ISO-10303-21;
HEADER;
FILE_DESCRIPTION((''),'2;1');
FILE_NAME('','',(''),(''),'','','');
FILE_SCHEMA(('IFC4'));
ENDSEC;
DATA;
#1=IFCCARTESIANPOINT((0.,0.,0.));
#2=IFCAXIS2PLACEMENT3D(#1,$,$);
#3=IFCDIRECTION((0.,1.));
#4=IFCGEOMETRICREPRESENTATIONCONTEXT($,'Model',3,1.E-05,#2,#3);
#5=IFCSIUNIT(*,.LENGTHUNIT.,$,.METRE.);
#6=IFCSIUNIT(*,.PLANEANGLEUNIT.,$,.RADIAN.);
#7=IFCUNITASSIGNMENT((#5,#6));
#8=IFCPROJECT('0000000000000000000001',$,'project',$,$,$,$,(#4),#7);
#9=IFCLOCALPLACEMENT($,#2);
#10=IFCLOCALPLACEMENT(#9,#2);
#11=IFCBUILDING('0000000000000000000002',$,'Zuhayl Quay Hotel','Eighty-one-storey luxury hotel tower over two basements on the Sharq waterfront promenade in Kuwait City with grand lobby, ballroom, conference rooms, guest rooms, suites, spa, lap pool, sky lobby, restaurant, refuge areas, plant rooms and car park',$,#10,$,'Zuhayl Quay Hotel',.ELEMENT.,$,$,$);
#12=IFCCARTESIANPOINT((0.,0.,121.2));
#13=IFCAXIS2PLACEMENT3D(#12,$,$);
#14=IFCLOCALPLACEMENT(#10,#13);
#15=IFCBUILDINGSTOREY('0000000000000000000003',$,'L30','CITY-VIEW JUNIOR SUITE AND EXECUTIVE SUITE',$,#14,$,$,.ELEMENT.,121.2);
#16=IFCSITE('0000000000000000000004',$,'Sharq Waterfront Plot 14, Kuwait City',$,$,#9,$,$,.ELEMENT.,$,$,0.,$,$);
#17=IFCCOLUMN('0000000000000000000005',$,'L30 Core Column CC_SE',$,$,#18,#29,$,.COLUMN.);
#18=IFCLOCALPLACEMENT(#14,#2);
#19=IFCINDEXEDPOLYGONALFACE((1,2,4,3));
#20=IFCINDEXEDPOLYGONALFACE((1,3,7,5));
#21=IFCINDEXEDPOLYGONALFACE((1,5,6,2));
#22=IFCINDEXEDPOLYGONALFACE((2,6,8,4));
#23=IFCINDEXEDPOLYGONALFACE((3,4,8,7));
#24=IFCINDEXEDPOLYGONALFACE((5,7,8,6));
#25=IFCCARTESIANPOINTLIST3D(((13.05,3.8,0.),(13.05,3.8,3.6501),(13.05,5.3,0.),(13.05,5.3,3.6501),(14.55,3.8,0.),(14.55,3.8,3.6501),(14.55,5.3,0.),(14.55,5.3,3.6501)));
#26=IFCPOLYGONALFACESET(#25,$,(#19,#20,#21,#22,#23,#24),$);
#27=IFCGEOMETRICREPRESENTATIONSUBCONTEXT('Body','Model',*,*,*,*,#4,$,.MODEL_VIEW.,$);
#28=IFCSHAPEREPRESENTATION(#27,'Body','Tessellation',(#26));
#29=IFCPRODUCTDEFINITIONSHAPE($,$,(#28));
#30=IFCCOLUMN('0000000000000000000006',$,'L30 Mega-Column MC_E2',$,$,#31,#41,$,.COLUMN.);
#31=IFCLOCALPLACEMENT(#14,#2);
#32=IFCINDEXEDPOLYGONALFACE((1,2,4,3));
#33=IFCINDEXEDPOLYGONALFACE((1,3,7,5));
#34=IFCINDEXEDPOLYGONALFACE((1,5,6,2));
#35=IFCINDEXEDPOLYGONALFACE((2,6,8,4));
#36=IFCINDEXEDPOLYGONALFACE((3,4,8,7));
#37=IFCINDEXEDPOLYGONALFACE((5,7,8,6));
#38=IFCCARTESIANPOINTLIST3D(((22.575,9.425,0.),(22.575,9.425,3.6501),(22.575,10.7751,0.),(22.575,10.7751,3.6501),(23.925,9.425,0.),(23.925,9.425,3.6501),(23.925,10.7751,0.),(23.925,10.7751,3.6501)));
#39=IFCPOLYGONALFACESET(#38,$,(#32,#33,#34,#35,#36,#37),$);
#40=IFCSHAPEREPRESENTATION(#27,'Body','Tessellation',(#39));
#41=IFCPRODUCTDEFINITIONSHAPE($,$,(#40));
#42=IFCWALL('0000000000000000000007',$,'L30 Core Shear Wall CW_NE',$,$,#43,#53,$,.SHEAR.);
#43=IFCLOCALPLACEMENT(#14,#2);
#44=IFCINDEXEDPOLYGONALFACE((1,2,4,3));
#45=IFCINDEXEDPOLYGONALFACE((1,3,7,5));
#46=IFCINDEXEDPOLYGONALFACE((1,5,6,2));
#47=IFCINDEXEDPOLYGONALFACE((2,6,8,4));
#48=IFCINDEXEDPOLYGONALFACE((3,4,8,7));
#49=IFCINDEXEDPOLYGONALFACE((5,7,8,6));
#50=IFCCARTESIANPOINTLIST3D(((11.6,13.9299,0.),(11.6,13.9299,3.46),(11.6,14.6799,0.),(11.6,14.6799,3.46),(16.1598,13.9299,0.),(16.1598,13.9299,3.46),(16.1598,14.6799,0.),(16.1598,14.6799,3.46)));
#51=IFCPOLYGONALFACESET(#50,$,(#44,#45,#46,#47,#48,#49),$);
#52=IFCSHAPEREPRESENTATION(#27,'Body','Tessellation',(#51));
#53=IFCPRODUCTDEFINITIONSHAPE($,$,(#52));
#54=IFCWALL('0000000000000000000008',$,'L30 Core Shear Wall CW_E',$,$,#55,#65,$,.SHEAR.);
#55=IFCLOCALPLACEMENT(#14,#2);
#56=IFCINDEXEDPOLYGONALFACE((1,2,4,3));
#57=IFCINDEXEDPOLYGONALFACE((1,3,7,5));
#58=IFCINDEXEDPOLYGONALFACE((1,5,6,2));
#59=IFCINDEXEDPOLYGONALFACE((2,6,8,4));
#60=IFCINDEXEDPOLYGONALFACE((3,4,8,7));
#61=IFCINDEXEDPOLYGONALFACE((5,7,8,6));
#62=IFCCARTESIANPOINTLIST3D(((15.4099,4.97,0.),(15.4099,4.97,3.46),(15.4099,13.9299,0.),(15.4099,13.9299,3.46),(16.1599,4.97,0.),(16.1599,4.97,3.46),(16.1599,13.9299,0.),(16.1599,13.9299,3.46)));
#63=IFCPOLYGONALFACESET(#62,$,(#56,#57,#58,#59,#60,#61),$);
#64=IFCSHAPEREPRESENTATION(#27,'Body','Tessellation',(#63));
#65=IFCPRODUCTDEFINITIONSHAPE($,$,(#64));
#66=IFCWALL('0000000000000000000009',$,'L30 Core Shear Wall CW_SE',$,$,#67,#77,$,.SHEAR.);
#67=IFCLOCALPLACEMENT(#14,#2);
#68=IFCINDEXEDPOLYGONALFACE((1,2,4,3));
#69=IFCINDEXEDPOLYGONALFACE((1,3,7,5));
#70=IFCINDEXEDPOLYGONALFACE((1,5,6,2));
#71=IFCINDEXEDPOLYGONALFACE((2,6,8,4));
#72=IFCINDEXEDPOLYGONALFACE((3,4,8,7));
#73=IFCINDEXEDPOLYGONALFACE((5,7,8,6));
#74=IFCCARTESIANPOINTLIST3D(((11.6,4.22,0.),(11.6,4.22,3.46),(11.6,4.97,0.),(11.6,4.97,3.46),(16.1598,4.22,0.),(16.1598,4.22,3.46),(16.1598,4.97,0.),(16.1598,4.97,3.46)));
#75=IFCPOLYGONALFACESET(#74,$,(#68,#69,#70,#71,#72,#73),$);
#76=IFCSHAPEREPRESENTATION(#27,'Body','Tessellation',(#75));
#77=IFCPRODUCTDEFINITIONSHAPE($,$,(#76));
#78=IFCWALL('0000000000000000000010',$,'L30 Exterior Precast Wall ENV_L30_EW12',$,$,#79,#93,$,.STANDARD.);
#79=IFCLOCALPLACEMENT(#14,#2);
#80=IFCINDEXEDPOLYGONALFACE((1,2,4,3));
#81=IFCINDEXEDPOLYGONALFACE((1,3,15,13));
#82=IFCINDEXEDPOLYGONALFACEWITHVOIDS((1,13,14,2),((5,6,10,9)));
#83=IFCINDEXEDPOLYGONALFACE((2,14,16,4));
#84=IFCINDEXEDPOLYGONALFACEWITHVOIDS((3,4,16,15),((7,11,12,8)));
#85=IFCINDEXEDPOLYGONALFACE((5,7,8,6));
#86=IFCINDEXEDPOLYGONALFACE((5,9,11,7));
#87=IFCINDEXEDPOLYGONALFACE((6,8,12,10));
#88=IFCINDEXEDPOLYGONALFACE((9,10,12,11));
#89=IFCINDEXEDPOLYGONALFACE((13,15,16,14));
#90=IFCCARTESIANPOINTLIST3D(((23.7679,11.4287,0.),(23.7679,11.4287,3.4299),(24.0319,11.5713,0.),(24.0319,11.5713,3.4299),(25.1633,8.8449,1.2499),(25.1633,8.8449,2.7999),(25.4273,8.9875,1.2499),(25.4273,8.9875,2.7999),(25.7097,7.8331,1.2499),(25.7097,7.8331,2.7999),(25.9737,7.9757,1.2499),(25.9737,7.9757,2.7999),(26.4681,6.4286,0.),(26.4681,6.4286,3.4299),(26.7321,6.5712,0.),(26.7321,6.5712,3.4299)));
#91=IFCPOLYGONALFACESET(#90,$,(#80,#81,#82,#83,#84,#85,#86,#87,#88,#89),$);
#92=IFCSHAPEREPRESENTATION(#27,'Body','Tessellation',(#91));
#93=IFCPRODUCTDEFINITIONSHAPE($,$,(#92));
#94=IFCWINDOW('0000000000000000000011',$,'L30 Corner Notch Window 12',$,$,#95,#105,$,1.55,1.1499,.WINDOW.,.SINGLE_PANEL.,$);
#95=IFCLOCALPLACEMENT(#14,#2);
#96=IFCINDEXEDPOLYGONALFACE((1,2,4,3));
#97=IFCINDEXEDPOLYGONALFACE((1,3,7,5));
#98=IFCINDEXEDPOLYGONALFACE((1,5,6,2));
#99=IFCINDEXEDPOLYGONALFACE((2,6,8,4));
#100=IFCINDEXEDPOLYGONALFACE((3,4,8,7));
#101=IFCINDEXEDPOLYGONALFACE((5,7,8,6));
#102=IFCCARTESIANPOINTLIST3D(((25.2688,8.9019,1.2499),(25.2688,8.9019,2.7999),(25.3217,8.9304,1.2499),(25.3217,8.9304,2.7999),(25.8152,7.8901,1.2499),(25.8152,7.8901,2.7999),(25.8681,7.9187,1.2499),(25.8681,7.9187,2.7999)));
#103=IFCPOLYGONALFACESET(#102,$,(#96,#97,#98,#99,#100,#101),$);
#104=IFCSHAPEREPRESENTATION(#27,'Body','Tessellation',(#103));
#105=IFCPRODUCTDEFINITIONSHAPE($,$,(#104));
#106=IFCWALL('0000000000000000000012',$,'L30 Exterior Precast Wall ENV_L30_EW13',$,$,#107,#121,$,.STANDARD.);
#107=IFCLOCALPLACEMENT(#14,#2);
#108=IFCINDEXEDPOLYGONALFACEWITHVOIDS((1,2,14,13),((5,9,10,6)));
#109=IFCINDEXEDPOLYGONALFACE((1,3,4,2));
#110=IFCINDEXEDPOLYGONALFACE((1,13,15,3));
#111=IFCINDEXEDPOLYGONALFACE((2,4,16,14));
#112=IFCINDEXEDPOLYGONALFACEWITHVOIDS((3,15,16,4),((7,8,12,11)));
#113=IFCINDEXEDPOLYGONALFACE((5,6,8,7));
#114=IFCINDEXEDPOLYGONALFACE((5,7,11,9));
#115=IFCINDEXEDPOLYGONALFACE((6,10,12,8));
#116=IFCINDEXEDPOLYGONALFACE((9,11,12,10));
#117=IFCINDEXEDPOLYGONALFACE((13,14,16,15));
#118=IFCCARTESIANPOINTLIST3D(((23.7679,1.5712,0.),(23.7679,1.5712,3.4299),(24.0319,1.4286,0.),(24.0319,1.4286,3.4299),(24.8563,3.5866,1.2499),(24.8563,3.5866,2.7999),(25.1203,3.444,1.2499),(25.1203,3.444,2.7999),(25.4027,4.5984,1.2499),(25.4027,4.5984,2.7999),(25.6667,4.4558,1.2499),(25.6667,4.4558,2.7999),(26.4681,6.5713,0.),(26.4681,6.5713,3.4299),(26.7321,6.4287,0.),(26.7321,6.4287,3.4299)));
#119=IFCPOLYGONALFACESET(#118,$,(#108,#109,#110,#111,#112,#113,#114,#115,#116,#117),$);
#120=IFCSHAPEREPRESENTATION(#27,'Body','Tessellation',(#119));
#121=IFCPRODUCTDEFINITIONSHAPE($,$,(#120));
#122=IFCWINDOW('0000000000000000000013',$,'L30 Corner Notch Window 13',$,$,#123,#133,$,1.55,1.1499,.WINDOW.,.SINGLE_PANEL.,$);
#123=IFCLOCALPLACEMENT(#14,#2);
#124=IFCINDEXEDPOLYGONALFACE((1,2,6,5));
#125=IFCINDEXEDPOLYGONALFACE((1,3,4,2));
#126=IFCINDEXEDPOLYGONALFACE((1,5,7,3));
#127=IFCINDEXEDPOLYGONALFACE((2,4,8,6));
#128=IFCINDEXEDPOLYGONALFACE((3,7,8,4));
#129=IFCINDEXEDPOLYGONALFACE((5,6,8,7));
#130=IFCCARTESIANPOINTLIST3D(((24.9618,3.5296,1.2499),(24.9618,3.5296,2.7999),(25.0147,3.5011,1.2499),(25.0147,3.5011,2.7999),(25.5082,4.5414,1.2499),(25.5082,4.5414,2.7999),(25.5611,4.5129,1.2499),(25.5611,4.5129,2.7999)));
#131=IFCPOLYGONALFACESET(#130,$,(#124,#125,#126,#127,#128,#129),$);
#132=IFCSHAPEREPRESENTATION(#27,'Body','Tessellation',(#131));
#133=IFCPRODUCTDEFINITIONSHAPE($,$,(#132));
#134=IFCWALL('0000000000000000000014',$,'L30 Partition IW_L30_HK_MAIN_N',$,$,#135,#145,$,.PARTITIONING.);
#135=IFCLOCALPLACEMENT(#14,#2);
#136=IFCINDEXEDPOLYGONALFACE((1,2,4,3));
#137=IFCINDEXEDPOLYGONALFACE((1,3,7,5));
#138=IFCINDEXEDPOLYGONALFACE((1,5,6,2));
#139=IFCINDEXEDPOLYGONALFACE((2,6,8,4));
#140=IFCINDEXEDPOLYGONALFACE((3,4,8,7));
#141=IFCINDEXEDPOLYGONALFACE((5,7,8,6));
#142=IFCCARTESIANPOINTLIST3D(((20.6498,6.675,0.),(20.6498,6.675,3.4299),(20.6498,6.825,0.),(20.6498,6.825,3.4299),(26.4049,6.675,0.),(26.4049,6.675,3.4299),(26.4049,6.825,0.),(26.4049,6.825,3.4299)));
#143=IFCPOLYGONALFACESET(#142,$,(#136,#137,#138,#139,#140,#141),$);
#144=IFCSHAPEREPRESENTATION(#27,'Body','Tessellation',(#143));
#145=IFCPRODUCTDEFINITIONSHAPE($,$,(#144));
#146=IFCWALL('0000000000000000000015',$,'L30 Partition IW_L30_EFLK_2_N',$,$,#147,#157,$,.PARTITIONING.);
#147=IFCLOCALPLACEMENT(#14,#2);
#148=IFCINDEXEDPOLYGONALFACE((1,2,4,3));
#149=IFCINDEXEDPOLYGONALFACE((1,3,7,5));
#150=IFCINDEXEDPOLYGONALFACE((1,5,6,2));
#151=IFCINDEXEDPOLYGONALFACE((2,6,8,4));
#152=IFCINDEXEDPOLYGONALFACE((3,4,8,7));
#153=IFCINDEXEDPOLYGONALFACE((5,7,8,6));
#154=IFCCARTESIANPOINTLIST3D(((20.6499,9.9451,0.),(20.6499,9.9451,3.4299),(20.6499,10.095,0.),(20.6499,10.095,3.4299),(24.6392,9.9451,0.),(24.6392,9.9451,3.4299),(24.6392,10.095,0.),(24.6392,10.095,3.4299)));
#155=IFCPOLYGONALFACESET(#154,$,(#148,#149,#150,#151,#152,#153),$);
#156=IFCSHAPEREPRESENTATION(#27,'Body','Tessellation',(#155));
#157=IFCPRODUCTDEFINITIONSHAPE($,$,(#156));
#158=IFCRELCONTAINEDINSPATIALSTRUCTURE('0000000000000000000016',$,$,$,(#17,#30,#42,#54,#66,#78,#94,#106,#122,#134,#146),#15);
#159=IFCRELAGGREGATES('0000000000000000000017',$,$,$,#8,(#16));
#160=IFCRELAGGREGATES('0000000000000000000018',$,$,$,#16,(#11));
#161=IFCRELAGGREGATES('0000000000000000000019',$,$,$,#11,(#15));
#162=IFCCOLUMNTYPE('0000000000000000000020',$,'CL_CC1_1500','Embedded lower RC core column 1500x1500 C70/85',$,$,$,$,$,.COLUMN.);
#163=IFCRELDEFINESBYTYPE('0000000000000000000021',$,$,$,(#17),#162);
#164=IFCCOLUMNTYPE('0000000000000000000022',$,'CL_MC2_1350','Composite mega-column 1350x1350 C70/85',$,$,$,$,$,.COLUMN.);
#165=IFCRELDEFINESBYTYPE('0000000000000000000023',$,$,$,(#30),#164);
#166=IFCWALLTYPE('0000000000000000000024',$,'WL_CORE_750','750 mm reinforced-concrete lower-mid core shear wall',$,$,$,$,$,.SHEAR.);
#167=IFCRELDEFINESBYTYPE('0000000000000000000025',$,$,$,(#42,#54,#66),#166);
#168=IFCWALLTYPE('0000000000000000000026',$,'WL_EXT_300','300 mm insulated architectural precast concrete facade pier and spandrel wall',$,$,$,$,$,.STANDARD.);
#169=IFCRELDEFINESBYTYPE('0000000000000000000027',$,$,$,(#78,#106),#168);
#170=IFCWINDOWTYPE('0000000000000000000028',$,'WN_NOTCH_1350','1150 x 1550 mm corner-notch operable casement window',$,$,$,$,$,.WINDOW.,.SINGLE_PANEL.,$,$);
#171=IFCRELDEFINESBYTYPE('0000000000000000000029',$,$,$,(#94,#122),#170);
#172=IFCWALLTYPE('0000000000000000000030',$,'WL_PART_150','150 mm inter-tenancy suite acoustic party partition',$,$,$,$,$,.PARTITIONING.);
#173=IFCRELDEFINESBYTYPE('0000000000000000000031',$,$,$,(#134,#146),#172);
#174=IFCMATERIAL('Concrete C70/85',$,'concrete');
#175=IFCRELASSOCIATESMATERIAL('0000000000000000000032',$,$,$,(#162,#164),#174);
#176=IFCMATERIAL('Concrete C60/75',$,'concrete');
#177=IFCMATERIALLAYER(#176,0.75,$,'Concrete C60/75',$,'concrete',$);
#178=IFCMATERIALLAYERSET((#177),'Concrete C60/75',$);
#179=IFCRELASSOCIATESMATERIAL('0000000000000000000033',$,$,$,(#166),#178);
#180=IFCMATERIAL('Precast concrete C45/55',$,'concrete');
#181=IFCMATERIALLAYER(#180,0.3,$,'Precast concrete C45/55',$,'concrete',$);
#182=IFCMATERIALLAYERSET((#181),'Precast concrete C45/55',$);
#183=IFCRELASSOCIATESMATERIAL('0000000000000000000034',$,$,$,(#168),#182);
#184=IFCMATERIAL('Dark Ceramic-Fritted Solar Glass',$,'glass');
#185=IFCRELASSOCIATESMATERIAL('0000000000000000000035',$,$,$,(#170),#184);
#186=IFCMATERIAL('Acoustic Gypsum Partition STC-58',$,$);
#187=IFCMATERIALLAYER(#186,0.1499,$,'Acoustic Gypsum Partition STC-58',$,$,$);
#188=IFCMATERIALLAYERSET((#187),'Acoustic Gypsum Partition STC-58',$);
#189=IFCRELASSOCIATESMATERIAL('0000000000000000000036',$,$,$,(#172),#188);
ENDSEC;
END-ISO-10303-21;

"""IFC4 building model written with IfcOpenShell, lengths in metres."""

from ifc_helpers import new_model, si_unit, direction, frame, frame_2d, origin, origin_2d, place, context, subcontext, project, spatial, rectangle, extrude, material, layer, layer_set, material_profile, profile_set, type_object, element, fill, save


model = new_model("IFC4")

# Units and contexts
model_context = context("Model", 3, precision=1e-05, world=origin(), true_north=direction((0.0, 1.0)))
body_context = subcontext(model_context, "Body", "Model", "MODEL_VIEW")
ifc_project = project(units=[si_unit("LENGTHUNIT", "METRE"), si_unit("PLANEANGLEUNIT", "RADIAN")], contexts=[model_context])

# Site, building, storey
site_placement = place(None, origin())
site = spatial("IfcSite", under=ifc_project, at=site_placement, Name="Sharq Waterfront Plot 14, Kuwait City", CompositionType="ELEMENT", RefElevation=0.0)
building_placement = place(site_placement, origin())
building = spatial("IfcBuilding", under=site, at=building_placement, Name="Zuhayl Quay Hotel", Description="Eighty-one-storey luxury hotel tower over two basements on the Sharq waterfront promenade in Kuwait City with grand lobby, ballroom, conference rooms, guest rooms, suites, spa, lap pool, sky lobby, restaurant, refuge areas, plant rooms and car park", LongName="Zuhayl Quay Hotel", CompositionType="ELEMENT")
storey_placement = place(building_placement, frame((0.0, 0.0, 121.2)))
storey = spatial("IfcBuildingStorey", under=building, at=storey_placement, Name="L30", Description="CITY-VIEW JUNIOR SUITE AND EXECUTIVE SUITE", CompositionType="ELEMENT", Elevation=121.2)

# Columns
ifc_material_1 = material(Name="Concrete C70/85", Category="concrete")
ifc_material_profile_1 = material_profile(ifc_material_1, rectangle(XDim=1.5, YDim=1.5, at=origin_2d()), Name="RC1500X1500")
ifc_profile_set_1 = profile_set([ifc_material_profile_1], Name="Concrete C70/85")
column_type_1 = type_object("IfcColumnType", Name="CL_CC1_1500", Description="Embedded lower RC core column 1500x1500 C70/85", PredefinedType="COLUMN", material=ifc_profile_set_1)
column_1_placement = place(storey_placement, frame((13.8, 4.55, 0.0), z_axis=(0.0, 0.0, 1.0), x_axis=(1.0, 0.0, 0.0)))
element("IfcColumn", 1, at=column_1_placement, inside=storey, type_object=column_type_1, Name="L30 Core Column CC_SE", PredefinedType="COLUMN", context=body_context, shape_type="SweptSolid", body=[
    extrude(rectangle(XDim=1.5, YDim=1.5, at=origin_2d()), origin(), (0.0, 0.0, 1.0), 3.6501),
])
ifc_material_profile_2 = material_profile(ifc_material_1, rectangle(XDim=1.3501, YDim=1.3501, at=origin_2d()), Name="RC1350X1350")
ifc_profile_set_2 = profile_set([ifc_material_profile_2], Name="Concrete C70/85")
column_type_2 = type_object("IfcColumnType", Name="CL_MC2_1350", Description="Composite mega-column 1350x1350 C70/85", PredefinedType="COLUMN", material=ifc_profile_set_2)
column_2_placement = place(storey_placement, frame((23.25, 10.1001, 0.0), z_axis=(0.0, 0.0, 1.0), x_axis=(1.0, 0.0, 0.0)))
element("IfcColumn", 2, at=column_2_placement, inside=storey, type_object=column_type_2, Name="L30 Mega-Column MC_E2", PredefinedType="COLUMN", context=body_context, shape_type="SweptSolid", body=[
    extrude(rectangle(XDim=1.3501, YDim=1.3501, at=origin_2d()), origin(), (0.0, 0.0, 1.0), 3.6501),
])

# Walls
ifc_material_2 = material(Name="Concrete C60/75", Category="concrete")
ifc_layer_1 = layer(ifc_material_2, 0.75, Name="Concrete C60/75", Category="concrete")
ifc_layer_set_1 = layer_set([ifc_layer_1], Name="Concrete C60/75")
wall_type_1 = type_object("IfcWallType", Name="WL_CORE_750", Description="750 mm reinforced-concrete lower-mid core shear wall", PredefinedType="SHEAR", material=ifc_layer_set_1)
wall_1_placement = place(storey_placement, frame((11.6001, 14.3049, 0.0), z_axis=(0.0, 0.0, 1.0), x_axis=(1.0, 0.0, 0.0)))
element("IfcWall", 3, at=wall_1_placement, inside=storey, type_object=wall_type_1, Name="L30 Core Shear Wall CW_NE", PredefinedType="SHEAR", context=body_context, shape_type="SweptSolid", body=[
    extrude(rectangle(XDim=4.5598, YDim=0.75, at=frame_2d((2.2798, 0.0))), origin(), (0.0, 0.0, 1.0), 3.46),
])
wall_2_placement = place(storey_placement, frame((15.7849, 4.97, 0.0), z_axis=(0.0, 0.0, 1.0), x_axis=(0.0, 1.0, 0.0)))
element("IfcWall", 4, at=wall_2_placement, inside=storey, type_object=wall_type_1, Name="L30 Core Shear Wall CW_E", PredefinedType="SHEAR", context=body_context, shape_type="SweptSolid", body=[
    extrude(rectangle(XDim=8.96, YDim=0.75, at=frame_2d((4.48, 0.0))), origin(), (0.0, 0.0, 1.0), 3.46),
])
wall_3_placement = place(storey_placement, frame((11.6001, 4.595, 0.0), z_axis=(0.0, 0.0, 1.0), x_axis=(1.0, 0.0, 0.0)))
element("IfcWall", 5, at=wall_3_placement, inside=storey, type_object=wall_type_1, Name="L30 Core Shear Wall CW_SE", PredefinedType="SHEAR", context=body_context, shape_type="SweptSolid", body=[
    extrude(rectangle(XDim=4.5598, YDim=0.75, at=frame_2d((2.2798, 0.0))), origin(), (0.0, 0.0, 1.0), 3.46),
])

# Walls, openings, windows
ifc_material_3 = material(Name="Precast concrete C45/55", Category="concrete")
ifc_layer_2 = layer(ifc_material_3, 0.3, Name="Precast concrete C45/55", Category="concrete")
ifc_layer_set_2 = layer_set([ifc_layer_2], Name="Precast concrete C45/55")
wall_type_2 = type_object("IfcWallType", Name="WL_EXT_300", Description="300 mm insulated architectural precast concrete facade pier and spandrel wall", PredefinedType="STANDARD", material=ifc_layer_set_2)
wall_4_placement = place(storey_placement, frame((23.8999, 11.5, 0.0), z_axis=(0.0, 0.0, 1.0), x_axis=(0.475176, -0.879891, 0.0)))
wall_4 = element("IfcWall", 6, at=wall_4_placement, inside=storey, type_object=wall_type_2, Name="L30 Exterior Precast Wall ENV_L30_EW12", PredefinedType="STANDARD", context=body_context, shape_type="SweptSolid", body=[
    extrude(rectangle(XDim=5.6826, YDim=0.3, at=frame_2d((2.8413, 0.0))), origin(), (0.0, 0.0, 1.0), 3.4299),
])
opening_1_placement = place(wall_4_placement, frame((2.9365, 0.0, 1.25)))
opening_1 = element("IfcOpeningElement", 7, at=opening_1_placement, cuts=wall_4, PredefinedType="OPENING", context=body_context, shape_type="SweptSolid", body=[
    extrude(rectangle(XDim=1.1499, YDim=1.55, at=frame_2d((0.575, 0.7749))), frame((0.0, 0.1599, 0.0), z_axis=(0.0, -1.0, 0.0), x_axis=(1.0, 0.0, 0.0)), (0.0, 0.0, 1.0), 0.3201),
])
ifc_material_4 = material(Name="Dark Ceramic-Fritted Solar Glass", Category="glass")
window_type = type_object("IfcWindowType", Name="WN_NOTCH_1350", Description="1150 x 1550 mm corner-notch operable casement window", PartitioningType="SINGLE_PANEL", PredefinedType="WINDOW", material=ifc_material_4)
window_1_placement = place(opening_1_placement, origin())
window_1 = element("IfcWindow", 8, at=window_1_placement, inside=storey, type_object=window_type, Name="L30 Corner Notch Window 12", OverallHeight=1.55, OverallWidth=1.1499, PartitioningType="SINGLE_PANEL", PredefinedType="WINDOW", context=body_context, shape_type="SweptSolid", body=[
    extrude(rectangle(XDim=1.1499, YDim=1.55, at=frame_2d((0.575, 0.7749))), frame((0.0, 0.03, 0.0), z_axis=(0.0, -1.0, 0.0), x_axis=(1.0, 0.0, 0.0)), (0.0, 0.0, 1.0), 0.0601),
])
fill(opening_1, window_1)
wall_5_placement = place(storey_placement, frame((26.6001, 6.5, 0.0), z_axis=(0.0, 0.0, 1.0), x_axis=(-0.475176, -0.879891, 0.0)))
wall_5 = element("IfcWall", 9, at=wall_5_placement, inside=storey, type_object=wall_type_2, Name="L30 Exterior Precast Wall ENV_L30_EW13", PredefinedType="STANDARD", context=body_context, shape_type="SweptSolid", body=[
    extrude(rectangle(XDim=5.6826, YDim=0.3, at=frame_2d((2.8413, 0.0))), origin(), (0.0, 0.0, 1.0), 3.4299),
])
opening_2_placement = place(wall_5_placement, frame((2.2422, 0.0, 1.25)))
opening_2 = element("IfcOpeningElement", 10, at=opening_2_placement, cuts=wall_5, PredefinedType="OPENING", context=body_context, shape_type="SweptSolid", body=[
    extrude(rectangle(XDim=1.1499, YDim=1.55, at=frame_2d((0.575, 0.7749))), frame((0.0, 0.1599, 0.0), z_axis=(0.0, -1.0, 0.0), x_axis=(1.0, 0.0, 0.0)), (0.0, 0.0, 1.0), 0.3201),
])
window_2_placement = place(opening_2_placement, origin())
window_2 = element("IfcWindow", 11, at=window_2_placement, inside=storey, type_object=window_type, Name="L30 Corner Notch Window 13", OverallHeight=1.55, OverallWidth=1.1499, PartitioningType="SINGLE_PANEL", PredefinedType="WINDOW", context=body_context, shape_type="SweptSolid", body=[
    extrude(rectangle(XDim=1.1499, YDim=1.55, at=frame_2d((0.575, 0.7749))), frame((0.0, 0.03, 0.0), z_axis=(0.0, -1.0, 0.0), x_axis=(1.0, 0.0, 0.0)), (0.0, 0.0, 1.0), 0.0601),
])
fill(opening_2, window_2)

# Walls
ifc_material_5 = material(Name="Acoustic Gypsum Partition STC-58")
ifc_layer_3 = layer(ifc_material_5, 0.1499, Name="Acoustic Gypsum Partition STC-58")
ifc_layer_set_3 = layer_set([ifc_layer_3], Name="Acoustic Gypsum Partition STC-58")
wall_type_3 = type_object("IfcWallType", Name="WL_PART_150", Description="150 mm inter-tenancy suite acoustic party partition", PredefinedType="PARTITIONING", material=ifc_layer_set_3)
wall_6_placement = place(storey_placement, frame((20.6499, 6.75, 0.0), z_axis=(0.0, 0.0, 1.0), x_axis=(1.0, 0.0, 0.0)))
element("IfcWall", 12, at=wall_6_placement, inside=storey, type_object=wall_type_3, Name="L30 Partition IW_L30_HK_MAIN_N", PredefinedType="PARTITIONING", context=body_context, shape_type="SweptSolid", body=[
    extrude(rectangle(XDim=5.7551, YDim=0.1499, at=frame_2d((2.8774, 0.0))), origin(), (0.0, 0.0, 1.0), 3.4299),
])
wall_7_placement = place(storey_placement, frame((20.6499, 10.02, 0.0), z_axis=(0.0, 0.0, 1.0), x_axis=(1.0, 0.0, 0.0)))
element("IfcWall", 13, at=wall_7_placement, inside=storey, type_object=wall_type_3, Name="L30 Partition IW_L30_EFLK_2_N", PredefinedType="PARTITIONING", context=body_context, shape_type="SweptSolid", body=[
    extrude(rectangle(XDim=3.9893, YDim=0.1499, at=frame_2d((1.9946, 0.0))), origin(), (0.0, 0.0, 1.0), 3.4299),
])

save(model, "model.ifc")
